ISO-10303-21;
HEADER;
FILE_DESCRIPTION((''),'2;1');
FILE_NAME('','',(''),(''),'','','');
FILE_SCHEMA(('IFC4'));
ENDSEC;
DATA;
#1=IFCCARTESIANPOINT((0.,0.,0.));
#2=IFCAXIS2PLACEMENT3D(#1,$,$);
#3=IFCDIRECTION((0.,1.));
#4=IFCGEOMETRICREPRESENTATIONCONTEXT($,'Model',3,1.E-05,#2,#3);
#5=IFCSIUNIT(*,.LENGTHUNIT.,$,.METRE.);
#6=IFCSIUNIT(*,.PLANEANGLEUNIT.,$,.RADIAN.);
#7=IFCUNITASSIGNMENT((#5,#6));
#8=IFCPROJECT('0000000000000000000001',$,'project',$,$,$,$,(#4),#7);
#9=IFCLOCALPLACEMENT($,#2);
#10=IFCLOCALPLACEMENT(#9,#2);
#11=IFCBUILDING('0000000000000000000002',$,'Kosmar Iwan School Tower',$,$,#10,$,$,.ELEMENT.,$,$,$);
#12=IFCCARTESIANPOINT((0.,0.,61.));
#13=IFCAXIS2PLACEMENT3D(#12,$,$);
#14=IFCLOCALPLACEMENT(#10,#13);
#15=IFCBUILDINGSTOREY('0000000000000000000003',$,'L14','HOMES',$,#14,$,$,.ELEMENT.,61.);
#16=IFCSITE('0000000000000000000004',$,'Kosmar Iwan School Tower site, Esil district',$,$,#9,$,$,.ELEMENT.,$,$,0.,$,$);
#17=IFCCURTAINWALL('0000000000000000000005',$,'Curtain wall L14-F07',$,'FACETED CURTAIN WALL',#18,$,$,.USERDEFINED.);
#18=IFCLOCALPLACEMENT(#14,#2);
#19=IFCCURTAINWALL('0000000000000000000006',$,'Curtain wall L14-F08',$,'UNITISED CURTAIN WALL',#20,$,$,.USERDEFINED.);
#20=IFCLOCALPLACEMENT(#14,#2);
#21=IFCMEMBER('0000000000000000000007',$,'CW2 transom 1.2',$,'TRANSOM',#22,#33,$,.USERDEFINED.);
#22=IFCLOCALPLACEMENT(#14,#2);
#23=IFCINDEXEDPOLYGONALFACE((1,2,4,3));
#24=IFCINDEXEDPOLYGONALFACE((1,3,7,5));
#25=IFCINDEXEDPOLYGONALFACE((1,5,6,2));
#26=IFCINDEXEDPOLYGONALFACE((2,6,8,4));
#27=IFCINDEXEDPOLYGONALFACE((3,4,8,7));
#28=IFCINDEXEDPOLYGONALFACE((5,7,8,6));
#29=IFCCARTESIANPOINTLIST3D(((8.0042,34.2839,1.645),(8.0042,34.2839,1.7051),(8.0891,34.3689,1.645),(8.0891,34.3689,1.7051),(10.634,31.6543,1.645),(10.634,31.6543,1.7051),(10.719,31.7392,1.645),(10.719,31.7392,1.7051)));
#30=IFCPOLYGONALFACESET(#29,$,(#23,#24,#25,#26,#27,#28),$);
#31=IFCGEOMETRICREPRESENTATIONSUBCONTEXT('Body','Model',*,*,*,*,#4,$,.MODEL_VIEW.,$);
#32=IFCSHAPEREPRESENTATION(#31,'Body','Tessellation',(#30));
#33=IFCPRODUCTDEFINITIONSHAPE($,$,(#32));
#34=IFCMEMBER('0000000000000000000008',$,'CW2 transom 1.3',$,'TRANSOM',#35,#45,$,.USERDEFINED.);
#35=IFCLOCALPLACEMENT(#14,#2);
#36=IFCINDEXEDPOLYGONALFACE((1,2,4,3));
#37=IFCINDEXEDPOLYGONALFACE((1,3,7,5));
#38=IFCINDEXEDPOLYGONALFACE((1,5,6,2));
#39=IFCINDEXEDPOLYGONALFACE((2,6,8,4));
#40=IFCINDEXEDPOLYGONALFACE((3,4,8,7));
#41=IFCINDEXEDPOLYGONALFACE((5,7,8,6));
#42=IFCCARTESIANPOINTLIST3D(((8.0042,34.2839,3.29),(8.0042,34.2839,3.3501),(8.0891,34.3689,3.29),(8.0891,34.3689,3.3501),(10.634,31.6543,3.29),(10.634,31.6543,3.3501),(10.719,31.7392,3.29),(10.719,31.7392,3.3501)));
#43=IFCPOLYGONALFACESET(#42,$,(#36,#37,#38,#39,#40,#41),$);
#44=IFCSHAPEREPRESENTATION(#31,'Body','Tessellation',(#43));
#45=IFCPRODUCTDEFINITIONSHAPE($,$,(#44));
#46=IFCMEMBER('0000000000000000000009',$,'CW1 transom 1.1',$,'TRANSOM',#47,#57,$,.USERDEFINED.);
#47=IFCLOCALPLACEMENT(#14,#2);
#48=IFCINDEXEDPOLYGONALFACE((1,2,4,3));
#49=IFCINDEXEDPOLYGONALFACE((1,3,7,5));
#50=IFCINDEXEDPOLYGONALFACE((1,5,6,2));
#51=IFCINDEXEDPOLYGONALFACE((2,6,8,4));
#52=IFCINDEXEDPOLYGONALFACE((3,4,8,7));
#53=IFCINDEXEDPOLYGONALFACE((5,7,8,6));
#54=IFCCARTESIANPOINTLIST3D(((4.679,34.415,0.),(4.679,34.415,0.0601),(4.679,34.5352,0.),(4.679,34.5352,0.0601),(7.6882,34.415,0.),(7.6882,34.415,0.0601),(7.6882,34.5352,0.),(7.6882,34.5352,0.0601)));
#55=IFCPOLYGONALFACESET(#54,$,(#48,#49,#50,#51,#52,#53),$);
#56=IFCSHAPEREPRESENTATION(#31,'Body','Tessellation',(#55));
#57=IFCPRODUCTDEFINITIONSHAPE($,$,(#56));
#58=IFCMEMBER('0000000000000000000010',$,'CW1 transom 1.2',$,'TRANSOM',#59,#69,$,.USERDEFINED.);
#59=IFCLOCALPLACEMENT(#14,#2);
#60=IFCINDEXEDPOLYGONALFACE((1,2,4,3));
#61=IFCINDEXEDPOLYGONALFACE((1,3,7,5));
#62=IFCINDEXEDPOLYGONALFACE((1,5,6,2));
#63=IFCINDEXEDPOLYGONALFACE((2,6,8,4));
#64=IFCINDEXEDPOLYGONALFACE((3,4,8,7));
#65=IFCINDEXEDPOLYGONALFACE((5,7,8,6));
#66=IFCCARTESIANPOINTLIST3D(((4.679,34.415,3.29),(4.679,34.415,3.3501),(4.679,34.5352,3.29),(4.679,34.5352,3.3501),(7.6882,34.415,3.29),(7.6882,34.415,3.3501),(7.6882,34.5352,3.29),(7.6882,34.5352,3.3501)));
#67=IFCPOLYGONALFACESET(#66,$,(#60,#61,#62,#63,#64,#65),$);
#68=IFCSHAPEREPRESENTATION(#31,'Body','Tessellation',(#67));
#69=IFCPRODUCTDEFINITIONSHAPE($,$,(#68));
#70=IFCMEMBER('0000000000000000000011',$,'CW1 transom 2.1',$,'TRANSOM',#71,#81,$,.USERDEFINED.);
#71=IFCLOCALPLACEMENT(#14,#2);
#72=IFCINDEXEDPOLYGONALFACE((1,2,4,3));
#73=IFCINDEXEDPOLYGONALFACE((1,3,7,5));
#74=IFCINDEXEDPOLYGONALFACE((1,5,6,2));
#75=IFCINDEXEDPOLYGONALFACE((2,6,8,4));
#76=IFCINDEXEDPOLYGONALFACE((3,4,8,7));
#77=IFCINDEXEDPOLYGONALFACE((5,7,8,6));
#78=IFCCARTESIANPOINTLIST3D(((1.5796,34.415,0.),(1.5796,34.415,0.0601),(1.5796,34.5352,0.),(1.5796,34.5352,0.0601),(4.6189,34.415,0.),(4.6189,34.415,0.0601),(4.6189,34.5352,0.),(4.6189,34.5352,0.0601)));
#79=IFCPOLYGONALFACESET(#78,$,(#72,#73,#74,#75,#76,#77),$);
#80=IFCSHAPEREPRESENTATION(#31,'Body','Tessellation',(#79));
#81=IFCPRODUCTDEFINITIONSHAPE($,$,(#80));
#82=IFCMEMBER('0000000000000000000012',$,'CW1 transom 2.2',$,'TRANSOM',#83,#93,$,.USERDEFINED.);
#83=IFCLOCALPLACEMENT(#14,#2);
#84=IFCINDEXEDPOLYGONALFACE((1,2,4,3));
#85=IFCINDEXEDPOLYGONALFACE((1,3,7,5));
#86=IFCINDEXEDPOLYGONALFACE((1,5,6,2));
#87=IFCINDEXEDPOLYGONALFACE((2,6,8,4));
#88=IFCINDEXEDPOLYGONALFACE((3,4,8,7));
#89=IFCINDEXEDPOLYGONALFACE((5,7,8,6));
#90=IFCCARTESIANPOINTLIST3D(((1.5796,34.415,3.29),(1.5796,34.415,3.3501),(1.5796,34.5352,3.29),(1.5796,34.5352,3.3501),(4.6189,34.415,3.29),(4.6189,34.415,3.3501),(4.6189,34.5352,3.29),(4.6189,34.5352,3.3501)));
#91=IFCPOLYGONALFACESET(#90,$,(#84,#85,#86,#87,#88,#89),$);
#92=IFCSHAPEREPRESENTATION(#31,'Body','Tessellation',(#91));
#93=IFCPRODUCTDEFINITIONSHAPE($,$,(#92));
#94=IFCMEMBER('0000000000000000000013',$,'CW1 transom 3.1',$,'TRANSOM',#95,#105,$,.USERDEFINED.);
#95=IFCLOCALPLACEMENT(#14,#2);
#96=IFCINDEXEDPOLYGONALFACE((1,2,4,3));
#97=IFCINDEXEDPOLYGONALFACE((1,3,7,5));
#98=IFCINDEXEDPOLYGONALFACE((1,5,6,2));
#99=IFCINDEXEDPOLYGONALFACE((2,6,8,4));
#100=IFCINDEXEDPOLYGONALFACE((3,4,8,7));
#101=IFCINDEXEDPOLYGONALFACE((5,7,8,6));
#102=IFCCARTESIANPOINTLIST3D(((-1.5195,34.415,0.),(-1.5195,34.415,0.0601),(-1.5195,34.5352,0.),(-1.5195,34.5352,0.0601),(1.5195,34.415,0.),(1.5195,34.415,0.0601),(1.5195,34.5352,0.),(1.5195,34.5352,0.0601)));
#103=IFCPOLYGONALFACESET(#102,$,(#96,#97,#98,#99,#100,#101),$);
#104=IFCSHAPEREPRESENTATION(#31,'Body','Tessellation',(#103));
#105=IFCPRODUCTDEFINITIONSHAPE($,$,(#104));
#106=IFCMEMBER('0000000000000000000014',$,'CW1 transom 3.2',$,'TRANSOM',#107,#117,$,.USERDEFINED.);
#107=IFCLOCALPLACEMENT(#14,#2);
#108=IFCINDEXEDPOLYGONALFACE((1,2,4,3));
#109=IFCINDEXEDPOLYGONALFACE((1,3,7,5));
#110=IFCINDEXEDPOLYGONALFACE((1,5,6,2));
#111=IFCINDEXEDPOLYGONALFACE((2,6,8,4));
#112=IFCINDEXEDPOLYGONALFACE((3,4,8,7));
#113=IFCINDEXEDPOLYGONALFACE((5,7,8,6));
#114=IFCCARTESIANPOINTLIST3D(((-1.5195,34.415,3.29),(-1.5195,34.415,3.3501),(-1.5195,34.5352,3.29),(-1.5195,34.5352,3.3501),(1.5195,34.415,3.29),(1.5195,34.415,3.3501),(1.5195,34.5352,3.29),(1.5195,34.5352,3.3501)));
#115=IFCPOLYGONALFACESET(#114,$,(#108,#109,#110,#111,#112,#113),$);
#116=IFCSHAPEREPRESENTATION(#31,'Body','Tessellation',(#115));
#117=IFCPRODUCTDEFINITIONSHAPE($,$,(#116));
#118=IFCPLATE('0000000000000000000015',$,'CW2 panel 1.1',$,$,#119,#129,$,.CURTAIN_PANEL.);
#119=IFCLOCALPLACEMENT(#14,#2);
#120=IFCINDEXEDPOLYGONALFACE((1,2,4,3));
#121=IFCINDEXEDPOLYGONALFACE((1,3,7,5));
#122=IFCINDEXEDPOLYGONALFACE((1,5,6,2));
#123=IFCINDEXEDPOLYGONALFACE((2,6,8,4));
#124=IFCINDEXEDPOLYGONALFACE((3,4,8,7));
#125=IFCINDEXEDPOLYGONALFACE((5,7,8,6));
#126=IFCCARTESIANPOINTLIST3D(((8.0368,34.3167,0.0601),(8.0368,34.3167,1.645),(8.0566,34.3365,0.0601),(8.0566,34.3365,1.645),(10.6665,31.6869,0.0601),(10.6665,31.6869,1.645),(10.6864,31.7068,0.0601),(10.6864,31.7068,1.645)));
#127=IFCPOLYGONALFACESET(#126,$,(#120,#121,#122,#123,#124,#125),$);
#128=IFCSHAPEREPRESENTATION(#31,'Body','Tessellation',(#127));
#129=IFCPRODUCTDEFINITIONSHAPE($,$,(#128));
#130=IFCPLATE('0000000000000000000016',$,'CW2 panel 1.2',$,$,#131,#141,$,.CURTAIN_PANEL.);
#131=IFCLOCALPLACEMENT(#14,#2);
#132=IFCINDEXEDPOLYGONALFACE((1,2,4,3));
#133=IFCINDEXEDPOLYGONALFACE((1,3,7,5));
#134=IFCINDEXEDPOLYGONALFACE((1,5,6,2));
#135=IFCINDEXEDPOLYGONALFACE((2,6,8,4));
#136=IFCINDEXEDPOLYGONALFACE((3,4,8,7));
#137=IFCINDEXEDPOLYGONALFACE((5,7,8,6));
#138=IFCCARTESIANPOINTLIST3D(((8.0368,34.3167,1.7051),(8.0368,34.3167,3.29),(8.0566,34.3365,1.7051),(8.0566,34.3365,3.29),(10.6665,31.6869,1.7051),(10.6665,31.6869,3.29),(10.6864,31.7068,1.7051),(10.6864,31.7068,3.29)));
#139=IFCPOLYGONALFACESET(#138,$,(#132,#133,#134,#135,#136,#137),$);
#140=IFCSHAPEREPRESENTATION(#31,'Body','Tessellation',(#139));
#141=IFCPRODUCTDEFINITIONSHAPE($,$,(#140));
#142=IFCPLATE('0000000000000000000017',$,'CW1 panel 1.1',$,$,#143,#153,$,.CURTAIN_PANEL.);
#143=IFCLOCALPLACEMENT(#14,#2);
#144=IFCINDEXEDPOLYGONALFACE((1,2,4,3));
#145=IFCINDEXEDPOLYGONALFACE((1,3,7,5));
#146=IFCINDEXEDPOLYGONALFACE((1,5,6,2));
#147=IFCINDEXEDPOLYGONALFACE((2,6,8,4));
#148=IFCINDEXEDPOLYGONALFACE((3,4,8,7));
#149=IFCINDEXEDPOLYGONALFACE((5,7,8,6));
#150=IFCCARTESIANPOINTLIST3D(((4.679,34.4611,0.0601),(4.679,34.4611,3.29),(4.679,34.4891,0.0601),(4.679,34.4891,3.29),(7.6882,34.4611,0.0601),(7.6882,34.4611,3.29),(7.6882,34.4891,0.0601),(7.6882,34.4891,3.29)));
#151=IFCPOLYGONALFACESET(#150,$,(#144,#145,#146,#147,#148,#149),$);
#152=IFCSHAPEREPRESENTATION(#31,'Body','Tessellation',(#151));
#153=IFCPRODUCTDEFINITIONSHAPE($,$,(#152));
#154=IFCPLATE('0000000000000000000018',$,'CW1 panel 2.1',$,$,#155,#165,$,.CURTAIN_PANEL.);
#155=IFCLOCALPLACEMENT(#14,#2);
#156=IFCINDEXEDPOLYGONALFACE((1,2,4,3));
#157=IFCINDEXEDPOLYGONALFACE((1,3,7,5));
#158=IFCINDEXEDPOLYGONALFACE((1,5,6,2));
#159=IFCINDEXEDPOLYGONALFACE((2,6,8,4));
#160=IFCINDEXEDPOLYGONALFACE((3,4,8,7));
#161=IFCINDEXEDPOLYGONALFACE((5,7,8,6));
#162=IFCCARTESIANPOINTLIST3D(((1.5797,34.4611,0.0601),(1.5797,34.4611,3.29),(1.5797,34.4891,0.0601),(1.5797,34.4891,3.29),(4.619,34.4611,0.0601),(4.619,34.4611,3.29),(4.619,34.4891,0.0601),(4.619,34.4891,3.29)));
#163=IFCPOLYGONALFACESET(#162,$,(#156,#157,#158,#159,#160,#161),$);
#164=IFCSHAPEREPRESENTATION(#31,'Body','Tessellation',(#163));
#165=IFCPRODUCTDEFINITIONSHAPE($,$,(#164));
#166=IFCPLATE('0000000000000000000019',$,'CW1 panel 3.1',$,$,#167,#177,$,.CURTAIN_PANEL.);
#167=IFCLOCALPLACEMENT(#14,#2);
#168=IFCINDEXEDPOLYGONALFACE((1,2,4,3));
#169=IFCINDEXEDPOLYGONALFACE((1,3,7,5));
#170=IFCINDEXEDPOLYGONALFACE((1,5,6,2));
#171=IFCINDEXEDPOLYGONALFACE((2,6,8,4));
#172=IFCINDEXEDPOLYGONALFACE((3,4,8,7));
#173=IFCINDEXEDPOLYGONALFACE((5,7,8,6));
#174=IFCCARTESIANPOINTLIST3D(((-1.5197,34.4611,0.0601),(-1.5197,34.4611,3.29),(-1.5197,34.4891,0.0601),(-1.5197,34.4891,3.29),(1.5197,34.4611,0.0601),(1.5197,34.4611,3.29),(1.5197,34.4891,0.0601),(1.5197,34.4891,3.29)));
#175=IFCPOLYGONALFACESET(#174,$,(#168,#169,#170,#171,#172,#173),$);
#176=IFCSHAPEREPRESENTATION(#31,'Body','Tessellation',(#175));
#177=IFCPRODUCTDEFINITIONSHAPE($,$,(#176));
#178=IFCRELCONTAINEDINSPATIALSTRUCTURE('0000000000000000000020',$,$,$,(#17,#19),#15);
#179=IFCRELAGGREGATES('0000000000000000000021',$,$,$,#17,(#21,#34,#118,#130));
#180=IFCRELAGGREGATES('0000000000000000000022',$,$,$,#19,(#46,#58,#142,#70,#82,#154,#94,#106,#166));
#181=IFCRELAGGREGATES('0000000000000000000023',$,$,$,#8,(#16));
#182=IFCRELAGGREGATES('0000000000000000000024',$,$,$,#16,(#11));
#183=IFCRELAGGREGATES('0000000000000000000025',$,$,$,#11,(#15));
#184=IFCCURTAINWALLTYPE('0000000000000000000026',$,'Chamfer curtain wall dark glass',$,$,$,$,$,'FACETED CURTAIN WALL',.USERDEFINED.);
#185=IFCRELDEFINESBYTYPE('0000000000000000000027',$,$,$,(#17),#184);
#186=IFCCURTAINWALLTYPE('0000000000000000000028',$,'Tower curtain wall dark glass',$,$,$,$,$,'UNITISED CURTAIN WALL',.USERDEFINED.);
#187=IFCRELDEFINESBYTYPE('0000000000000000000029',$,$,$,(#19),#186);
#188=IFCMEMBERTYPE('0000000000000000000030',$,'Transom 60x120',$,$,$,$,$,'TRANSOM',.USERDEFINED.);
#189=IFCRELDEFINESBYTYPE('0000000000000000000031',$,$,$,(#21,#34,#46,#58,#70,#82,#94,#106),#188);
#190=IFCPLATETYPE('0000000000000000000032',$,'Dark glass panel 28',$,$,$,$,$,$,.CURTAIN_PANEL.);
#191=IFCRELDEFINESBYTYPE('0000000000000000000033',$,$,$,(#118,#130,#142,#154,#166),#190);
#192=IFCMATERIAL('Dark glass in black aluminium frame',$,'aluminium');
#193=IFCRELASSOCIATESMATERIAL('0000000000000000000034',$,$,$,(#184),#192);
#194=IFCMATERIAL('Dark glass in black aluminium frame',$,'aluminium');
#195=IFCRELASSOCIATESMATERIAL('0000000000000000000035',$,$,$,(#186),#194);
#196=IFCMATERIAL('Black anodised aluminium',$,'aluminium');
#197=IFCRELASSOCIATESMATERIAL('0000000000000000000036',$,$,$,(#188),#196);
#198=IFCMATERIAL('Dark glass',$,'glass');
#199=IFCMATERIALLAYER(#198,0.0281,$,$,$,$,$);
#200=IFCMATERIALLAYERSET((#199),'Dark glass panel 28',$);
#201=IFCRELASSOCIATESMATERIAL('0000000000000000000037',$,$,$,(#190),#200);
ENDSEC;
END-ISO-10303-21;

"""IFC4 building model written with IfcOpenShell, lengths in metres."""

from ifc_helpers import new_model, si_unit, direction, frame, origin, origin_2d, place, context, subcontext, project, spatial, rectangle, extrude, material, layer, layer_set, material_profile, profile_set, type_object, element, aggregate, save


model = new_model("IFC4")

# Units and contexts
model_context = context("Model", 3, precision=1e-05, world=origin(), true_north=direction((0.0, 1.0)))
body_context = subcontext(model_context, "Body", "Model", "MODEL_VIEW")
ifc_project = project(units=[si_unit("LENGTHUNIT", "METRE"), si_unit("PLANEANGLEUNIT", "RADIAN")], contexts=[model_context])

# Site, building, storey
site_placement = place(None, origin())
site = spatial("IfcSite", under=ifc_project, at=site_placement, Name="Kosmar Iwan School Tower site, Esil district", CompositionType="ELEMENT", RefElevation=0.0)
building_placement = place(site_placement, origin())
building = spatial("IfcBuilding", under=site, at=building_placement, Name="Kosmar Iwan School Tower", CompositionType="ELEMENT")
storey_placement = place(building_placement, frame((0.0, 0.0, 61.0)))
storey = spatial("IfcBuildingStorey", under=building, at=storey_placement, Name="L14", Description="HOMES", CompositionType="ELEMENT", Elevation=61.0)

# Curtain walls
ifc_material_1 = material(Name="Dark glass in black aluminium frame", Category="aluminium")
curtain_wall_type_1 = type_object("IfcCurtainWallType", Name="Chamfer curtain wall dark glass", ElementType="FACETED CURTAIN WALL", PredefinedType="USERDEFINED", material=ifc_material_1)
curtain_wall_1_placement = place(storey_placement, origin())
curtain_wall_1 = element("IfcCurtainWall", 1, at=curtain_wall_1_placement, inside=storey, type_object=curtain_wall_type_1, Name="Curtain wall L14-F07", ObjectType="FACETED CURTAIN WALL", PredefinedType="USERDEFINED")
ifc_material_2 = material(Name="Dark glass in black aluminium frame", Category="aluminium")
curtain_wall_type_2 = type_object("IfcCurtainWallType", Name="Tower curtain wall dark glass", ElementType="UNITISED CURTAIN WALL", PredefinedType="USERDEFINED", material=ifc_material_2)
curtain_wall_2_placement = place(storey_placement, origin())
curtain_wall_2 = element("IfcCurtainWall", 2, at=curtain_wall_2_placement, inside=storey, type_object=curtain_wall_type_2, Name="Curtain wall L14-F08", ObjectType="UNITISED CURTAIN WALL", PredefinedType="USERDEFINED")

# Members
ifc_material_3 = material(Name="Black anodised aluminium", Category="aluminium")
ifc_material_profile_1 = material_profile(ifc_material_3, rectangle(XDim=0.1201, YDim=0.0601, at=origin_2d()), Name="TRANSOM 60x120")
ifc_profile_set_1 = profile_set([ifc_material_profile_1], Name="Black anodised aluminium")
member_type_1 = type_object("IfcMemberType", Name="Transom 60x120", ElementType="TRANSOM", PredefinedType="USERDEFINED", material=ifc_profile_set_1)
member_1_placement = place(storey_placement, frame((10.6765, 31.6968, 1.675), z_axis=(-0.70714, 0.707074, 0.0), x_axis=(-0.707074, -0.70714, 0.0)))
member_1 = element("IfcMember", 3, at=member_1_placement, type_object=member_type_1, Name="CW2 transom 1.2", ObjectType="TRANSOM", PredefinedType="USERDEFINED", context=body_context, shape_type="SweptSolid", body=[
    extrude(rectangle(XDim=0.1201, YDim=0.0601, at=origin_2d()), origin(), (0.0, 0.0, 1.0), 3.719),
])
member_2_placement = place(storey_placement, frame((10.6765, 31.6968, 3.3201), z_axis=(-0.70714, 0.707074, 0.0), x_axis=(-0.707074, -0.70714, 0.0)))
member_2 = element("IfcMember", 4, at=member_2_placement, type_object=member_type_1, Name="CW2 transom 1.3", ObjectType="TRANSOM", PredefinedType="USERDEFINED", context=body_context, shape_type="SweptSolid", body=[
    extrude(rectangle(XDim=0.1201, YDim=0.0601, at=origin_2d()), origin(), (0.0, 0.0, 1.0), 3.719),
])
member_3_placement = place(storey_placement, frame((7.6882, 34.4751, 0.03), z_axis=(-1.0, 0.0, 0.0), x_axis=(0.0, -1.0, 0.0)))
member_3 = element("IfcMember", 5, at=member_3_placement, type_object=member_type_1, Name="CW1 transom 1.1", ObjectType="TRANSOM", PredefinedType="USERDEFINED", context=body_context, shape_type="SweptSolid", body=[
    extrude(rectangle(XDim=0.1201, YDim=0.0601, at=origin_2d()), origin(), (0.0, 0.0, 1.0), 3.0093),
])
member_4_placement = place(storey_placement, frame((7.6882, 34.4751, 3.3201), z_axis=(-1.0, 0.0, 0.0), x_axis=(0.0, -1.0, 0.0)))
member_4 = element("IfcMember", 6, at=member_4_placement, type_object=member_type_1, Name="CW1 transom 1.2", ObjectType="TRANSOM", PredefinedType="USERDEFINED", context=body_context, shape_type="SweptSolid", body=[
    extrude(rectangle(XDim=0.1201, YDim=0.0601, at=origin_2d()), origin(), (0.0, 0.0, 1.0), 3.0093),
])
member_5_placement = place(storey_placement, frame((4.6189, 34.4751, 0.03), z_axis=(-1.0, 0.0, 0.0), x_axis=(0.0, -1.0, 0.0)))
member_5 = element("IfcMember", 7, at=member_5_placement, type_object=member_type_1, Name="CW1 transom 2.1", ObjectType="TRANSOM", PredefinedType="USERDEFINED", context=body_context, shape_type="SweptSolid", body=[
    extrude(rectangle(XDim=0.1201, YDim=0.0601, at=origin_2d()), origin(), (0.0, 0.0, 1.0), 3.0393),
])
member_6_placement = place(storey_placement, frame((4.6189, 34.4751, 3.3201), z_axis=(-1.0, 0.0, 0.0), x_axis=(0.0, -1.0, 0.0)))
member_6 = element("IfcMember", 8, at=member_6_placement, type_object=member_type_1, Name="CW1 transom 2.2", ObjectType="TRANSOM", PredefinedType="USERDEFINED", context=body_context, shape_type="SweptSolid", body=[
    extrude(rectangle(XDim=0.1201, YDim=0.0601, at=origin_2d()), origin(), (0.0, 0.0, 1.0), 3.0393),
])
member_7_placement = place(storey_placement, frame((1.5195, 34.4751, 0.03), z_axis=(-1.0, 0.0, 0.0), x_axis=(0.0, -1.0, 0.0)))
member_7 = element("IfcMember", 9, at=member_7_placement, type_object=member_type_1, Name="CW1 transom 3.1", ObjectType="TRANSOM", PredefinedType="USERDEFINED", context=body_context, shape_type="SweptSolid", body=[
    extrude(rectangle(XDim=0.1201, YDim=0.0601, at=origin_2d()), origin(), (0.0, 0.0, 1.0), 3.0391),
])
member_8_placement = place(storey_placement, frame((1.5195, 34.4751, 3.3201), z_axis=(-1.0, 0.0, 0.0), x_axis=(0.0, -1.0, 0.0)))
member_8 = element("IfcMember", 10, at=member_8_placement, type_object=member_type_1, Name="CW1 transom 3.2", ObjectType="TRANSOM", PredefinedType="USERDEFINED", context=body_context, shape_type="SweptSolid", body=[
    extrude(rectangle(XDim=0.1201, YDim=0.0601, at=origin_2d()), origin(), (0.0, 0.0, 1.0), 3.0391),
])

# Plates
ifc_material_4 = material(Name="Dark glass", Category="glass")
ifc_layer_1 = layer(ifc_material_4, 0.0281)
ifc_layer_set_1 = layer_set([ifc_layer_1], Name="Dark glass panel 28")
plate_type = type_object("IfcPlateType", Name="Dark glass panel 28", PredefinedType="CURTAIN_PANEL", material=ifc_layer_set_1)
plate_1_placement = place(storey_placement, frame((9.3616, 33.0117, 0.0601), z_axis=(0.0, 0.0, 1.0), x_axis=(-0.707107, 0.707107, 0.0)))
plate_1 = element("IfcPlate", 11, at=plate_1_placement, type_object=plate_type, Name="CW2 panel 1.1", PredefinedType="CURTAIN_PANEL", context=body_context, shape_type="SweptSolid", body=[
    extrude(rectangle(XDim=3.719, YDim=0.0281, at=origin_2d()), origin(), (0.0, 0.0, 1.0), 1.585),
])
plate_2_placement = place(storey_placement, frame((9.3616, 33.0117, 1.7051), z_axis=(0.0, 0.0, 1.0), x_axis=(-0.707107, 0.707107, 0.0)))
plate_2 = element("IfcPlate", 12, at=plate_2_placement, type_object=plate_type, Name="CW2 panel 1.2", PredefinedType="CURTAIN_PANEL", context=body_context, shape_type="SweptSolid", body=[
    extrude(rectangle(XDim=3.719, YDim=0.0281, at=origin_2d()), origin(), (0.0, 0.0, 1.0), 1.585),
])
aggregate(curtain_wall_1, [member_1, member_2, plate_1, plate_2])
plate_3_placement = place(storey_placement, frame((6.1836, 34.4751, 0.0601), z_axis=(0.0, 0.0, 1.0), x_axis=(-1.0, 0.0, 0.0)))
plate_3 = element("IfcPlate", 13, at=plate_3_placement, type_object=plate_type, Name="CW1 panel 1.1", PredefinedType="CURTAIN_PANEL", context=body_context, shape_type="SweptSolid", body=[
    extrude(rectangle(XDim=3.0093, YDim=0.0281, at=origin_2d()), origin(), (0.0, 0.0, 1.0), 3.23),
])
plate_4_placement = place(storey_placement, frame((3.0994, 34.4751, 0.0601), z_axis=(0.0, 0.0, 1.0), x_axis=(-1.0, 0.0, 0.0)))
plate_4 = element("IfcPlate", 14, at=plate_4_placement, type_object=plate_type, Name="CW1 panel 2.1", PredefinedType="CURTAIN_PANEL", context=body_context, shape_type="SweptSolid", body=[
    extrude(rectangle(XDim=3.0393, YDim=0.0281, at=origin_2d()), origin(), (0.0, 0.0, 1.0), 3.23),
])
plate_5_placement = place(storey_placement, frame((0.0, 34.4751, 0.0601), z_axis=(0.0, 0.0, 1.0), x_axis=(-1.0, 0.0, 0.0)))
plate_5 = element("IfcPlate", 15, at=plate_5_placement, type_object=plate_type, Name="CW1 panel 3.1", PredefinedType="CURTAIN_PANEL", context=body_context, shape_type="SweptSolid", body=[
    extrude(rectangle(XDim=3.0393, YDim=0.0281, at=origin_2d()), origin(), (0.0, 0.0, 1.0), 3.23),
])
aggregate(curtain_wall_2, [member_3, member_4, plate_3, member_5, member_6, plate_4, member_7, member_8, plate_5])

save(model, "model.ifc")
